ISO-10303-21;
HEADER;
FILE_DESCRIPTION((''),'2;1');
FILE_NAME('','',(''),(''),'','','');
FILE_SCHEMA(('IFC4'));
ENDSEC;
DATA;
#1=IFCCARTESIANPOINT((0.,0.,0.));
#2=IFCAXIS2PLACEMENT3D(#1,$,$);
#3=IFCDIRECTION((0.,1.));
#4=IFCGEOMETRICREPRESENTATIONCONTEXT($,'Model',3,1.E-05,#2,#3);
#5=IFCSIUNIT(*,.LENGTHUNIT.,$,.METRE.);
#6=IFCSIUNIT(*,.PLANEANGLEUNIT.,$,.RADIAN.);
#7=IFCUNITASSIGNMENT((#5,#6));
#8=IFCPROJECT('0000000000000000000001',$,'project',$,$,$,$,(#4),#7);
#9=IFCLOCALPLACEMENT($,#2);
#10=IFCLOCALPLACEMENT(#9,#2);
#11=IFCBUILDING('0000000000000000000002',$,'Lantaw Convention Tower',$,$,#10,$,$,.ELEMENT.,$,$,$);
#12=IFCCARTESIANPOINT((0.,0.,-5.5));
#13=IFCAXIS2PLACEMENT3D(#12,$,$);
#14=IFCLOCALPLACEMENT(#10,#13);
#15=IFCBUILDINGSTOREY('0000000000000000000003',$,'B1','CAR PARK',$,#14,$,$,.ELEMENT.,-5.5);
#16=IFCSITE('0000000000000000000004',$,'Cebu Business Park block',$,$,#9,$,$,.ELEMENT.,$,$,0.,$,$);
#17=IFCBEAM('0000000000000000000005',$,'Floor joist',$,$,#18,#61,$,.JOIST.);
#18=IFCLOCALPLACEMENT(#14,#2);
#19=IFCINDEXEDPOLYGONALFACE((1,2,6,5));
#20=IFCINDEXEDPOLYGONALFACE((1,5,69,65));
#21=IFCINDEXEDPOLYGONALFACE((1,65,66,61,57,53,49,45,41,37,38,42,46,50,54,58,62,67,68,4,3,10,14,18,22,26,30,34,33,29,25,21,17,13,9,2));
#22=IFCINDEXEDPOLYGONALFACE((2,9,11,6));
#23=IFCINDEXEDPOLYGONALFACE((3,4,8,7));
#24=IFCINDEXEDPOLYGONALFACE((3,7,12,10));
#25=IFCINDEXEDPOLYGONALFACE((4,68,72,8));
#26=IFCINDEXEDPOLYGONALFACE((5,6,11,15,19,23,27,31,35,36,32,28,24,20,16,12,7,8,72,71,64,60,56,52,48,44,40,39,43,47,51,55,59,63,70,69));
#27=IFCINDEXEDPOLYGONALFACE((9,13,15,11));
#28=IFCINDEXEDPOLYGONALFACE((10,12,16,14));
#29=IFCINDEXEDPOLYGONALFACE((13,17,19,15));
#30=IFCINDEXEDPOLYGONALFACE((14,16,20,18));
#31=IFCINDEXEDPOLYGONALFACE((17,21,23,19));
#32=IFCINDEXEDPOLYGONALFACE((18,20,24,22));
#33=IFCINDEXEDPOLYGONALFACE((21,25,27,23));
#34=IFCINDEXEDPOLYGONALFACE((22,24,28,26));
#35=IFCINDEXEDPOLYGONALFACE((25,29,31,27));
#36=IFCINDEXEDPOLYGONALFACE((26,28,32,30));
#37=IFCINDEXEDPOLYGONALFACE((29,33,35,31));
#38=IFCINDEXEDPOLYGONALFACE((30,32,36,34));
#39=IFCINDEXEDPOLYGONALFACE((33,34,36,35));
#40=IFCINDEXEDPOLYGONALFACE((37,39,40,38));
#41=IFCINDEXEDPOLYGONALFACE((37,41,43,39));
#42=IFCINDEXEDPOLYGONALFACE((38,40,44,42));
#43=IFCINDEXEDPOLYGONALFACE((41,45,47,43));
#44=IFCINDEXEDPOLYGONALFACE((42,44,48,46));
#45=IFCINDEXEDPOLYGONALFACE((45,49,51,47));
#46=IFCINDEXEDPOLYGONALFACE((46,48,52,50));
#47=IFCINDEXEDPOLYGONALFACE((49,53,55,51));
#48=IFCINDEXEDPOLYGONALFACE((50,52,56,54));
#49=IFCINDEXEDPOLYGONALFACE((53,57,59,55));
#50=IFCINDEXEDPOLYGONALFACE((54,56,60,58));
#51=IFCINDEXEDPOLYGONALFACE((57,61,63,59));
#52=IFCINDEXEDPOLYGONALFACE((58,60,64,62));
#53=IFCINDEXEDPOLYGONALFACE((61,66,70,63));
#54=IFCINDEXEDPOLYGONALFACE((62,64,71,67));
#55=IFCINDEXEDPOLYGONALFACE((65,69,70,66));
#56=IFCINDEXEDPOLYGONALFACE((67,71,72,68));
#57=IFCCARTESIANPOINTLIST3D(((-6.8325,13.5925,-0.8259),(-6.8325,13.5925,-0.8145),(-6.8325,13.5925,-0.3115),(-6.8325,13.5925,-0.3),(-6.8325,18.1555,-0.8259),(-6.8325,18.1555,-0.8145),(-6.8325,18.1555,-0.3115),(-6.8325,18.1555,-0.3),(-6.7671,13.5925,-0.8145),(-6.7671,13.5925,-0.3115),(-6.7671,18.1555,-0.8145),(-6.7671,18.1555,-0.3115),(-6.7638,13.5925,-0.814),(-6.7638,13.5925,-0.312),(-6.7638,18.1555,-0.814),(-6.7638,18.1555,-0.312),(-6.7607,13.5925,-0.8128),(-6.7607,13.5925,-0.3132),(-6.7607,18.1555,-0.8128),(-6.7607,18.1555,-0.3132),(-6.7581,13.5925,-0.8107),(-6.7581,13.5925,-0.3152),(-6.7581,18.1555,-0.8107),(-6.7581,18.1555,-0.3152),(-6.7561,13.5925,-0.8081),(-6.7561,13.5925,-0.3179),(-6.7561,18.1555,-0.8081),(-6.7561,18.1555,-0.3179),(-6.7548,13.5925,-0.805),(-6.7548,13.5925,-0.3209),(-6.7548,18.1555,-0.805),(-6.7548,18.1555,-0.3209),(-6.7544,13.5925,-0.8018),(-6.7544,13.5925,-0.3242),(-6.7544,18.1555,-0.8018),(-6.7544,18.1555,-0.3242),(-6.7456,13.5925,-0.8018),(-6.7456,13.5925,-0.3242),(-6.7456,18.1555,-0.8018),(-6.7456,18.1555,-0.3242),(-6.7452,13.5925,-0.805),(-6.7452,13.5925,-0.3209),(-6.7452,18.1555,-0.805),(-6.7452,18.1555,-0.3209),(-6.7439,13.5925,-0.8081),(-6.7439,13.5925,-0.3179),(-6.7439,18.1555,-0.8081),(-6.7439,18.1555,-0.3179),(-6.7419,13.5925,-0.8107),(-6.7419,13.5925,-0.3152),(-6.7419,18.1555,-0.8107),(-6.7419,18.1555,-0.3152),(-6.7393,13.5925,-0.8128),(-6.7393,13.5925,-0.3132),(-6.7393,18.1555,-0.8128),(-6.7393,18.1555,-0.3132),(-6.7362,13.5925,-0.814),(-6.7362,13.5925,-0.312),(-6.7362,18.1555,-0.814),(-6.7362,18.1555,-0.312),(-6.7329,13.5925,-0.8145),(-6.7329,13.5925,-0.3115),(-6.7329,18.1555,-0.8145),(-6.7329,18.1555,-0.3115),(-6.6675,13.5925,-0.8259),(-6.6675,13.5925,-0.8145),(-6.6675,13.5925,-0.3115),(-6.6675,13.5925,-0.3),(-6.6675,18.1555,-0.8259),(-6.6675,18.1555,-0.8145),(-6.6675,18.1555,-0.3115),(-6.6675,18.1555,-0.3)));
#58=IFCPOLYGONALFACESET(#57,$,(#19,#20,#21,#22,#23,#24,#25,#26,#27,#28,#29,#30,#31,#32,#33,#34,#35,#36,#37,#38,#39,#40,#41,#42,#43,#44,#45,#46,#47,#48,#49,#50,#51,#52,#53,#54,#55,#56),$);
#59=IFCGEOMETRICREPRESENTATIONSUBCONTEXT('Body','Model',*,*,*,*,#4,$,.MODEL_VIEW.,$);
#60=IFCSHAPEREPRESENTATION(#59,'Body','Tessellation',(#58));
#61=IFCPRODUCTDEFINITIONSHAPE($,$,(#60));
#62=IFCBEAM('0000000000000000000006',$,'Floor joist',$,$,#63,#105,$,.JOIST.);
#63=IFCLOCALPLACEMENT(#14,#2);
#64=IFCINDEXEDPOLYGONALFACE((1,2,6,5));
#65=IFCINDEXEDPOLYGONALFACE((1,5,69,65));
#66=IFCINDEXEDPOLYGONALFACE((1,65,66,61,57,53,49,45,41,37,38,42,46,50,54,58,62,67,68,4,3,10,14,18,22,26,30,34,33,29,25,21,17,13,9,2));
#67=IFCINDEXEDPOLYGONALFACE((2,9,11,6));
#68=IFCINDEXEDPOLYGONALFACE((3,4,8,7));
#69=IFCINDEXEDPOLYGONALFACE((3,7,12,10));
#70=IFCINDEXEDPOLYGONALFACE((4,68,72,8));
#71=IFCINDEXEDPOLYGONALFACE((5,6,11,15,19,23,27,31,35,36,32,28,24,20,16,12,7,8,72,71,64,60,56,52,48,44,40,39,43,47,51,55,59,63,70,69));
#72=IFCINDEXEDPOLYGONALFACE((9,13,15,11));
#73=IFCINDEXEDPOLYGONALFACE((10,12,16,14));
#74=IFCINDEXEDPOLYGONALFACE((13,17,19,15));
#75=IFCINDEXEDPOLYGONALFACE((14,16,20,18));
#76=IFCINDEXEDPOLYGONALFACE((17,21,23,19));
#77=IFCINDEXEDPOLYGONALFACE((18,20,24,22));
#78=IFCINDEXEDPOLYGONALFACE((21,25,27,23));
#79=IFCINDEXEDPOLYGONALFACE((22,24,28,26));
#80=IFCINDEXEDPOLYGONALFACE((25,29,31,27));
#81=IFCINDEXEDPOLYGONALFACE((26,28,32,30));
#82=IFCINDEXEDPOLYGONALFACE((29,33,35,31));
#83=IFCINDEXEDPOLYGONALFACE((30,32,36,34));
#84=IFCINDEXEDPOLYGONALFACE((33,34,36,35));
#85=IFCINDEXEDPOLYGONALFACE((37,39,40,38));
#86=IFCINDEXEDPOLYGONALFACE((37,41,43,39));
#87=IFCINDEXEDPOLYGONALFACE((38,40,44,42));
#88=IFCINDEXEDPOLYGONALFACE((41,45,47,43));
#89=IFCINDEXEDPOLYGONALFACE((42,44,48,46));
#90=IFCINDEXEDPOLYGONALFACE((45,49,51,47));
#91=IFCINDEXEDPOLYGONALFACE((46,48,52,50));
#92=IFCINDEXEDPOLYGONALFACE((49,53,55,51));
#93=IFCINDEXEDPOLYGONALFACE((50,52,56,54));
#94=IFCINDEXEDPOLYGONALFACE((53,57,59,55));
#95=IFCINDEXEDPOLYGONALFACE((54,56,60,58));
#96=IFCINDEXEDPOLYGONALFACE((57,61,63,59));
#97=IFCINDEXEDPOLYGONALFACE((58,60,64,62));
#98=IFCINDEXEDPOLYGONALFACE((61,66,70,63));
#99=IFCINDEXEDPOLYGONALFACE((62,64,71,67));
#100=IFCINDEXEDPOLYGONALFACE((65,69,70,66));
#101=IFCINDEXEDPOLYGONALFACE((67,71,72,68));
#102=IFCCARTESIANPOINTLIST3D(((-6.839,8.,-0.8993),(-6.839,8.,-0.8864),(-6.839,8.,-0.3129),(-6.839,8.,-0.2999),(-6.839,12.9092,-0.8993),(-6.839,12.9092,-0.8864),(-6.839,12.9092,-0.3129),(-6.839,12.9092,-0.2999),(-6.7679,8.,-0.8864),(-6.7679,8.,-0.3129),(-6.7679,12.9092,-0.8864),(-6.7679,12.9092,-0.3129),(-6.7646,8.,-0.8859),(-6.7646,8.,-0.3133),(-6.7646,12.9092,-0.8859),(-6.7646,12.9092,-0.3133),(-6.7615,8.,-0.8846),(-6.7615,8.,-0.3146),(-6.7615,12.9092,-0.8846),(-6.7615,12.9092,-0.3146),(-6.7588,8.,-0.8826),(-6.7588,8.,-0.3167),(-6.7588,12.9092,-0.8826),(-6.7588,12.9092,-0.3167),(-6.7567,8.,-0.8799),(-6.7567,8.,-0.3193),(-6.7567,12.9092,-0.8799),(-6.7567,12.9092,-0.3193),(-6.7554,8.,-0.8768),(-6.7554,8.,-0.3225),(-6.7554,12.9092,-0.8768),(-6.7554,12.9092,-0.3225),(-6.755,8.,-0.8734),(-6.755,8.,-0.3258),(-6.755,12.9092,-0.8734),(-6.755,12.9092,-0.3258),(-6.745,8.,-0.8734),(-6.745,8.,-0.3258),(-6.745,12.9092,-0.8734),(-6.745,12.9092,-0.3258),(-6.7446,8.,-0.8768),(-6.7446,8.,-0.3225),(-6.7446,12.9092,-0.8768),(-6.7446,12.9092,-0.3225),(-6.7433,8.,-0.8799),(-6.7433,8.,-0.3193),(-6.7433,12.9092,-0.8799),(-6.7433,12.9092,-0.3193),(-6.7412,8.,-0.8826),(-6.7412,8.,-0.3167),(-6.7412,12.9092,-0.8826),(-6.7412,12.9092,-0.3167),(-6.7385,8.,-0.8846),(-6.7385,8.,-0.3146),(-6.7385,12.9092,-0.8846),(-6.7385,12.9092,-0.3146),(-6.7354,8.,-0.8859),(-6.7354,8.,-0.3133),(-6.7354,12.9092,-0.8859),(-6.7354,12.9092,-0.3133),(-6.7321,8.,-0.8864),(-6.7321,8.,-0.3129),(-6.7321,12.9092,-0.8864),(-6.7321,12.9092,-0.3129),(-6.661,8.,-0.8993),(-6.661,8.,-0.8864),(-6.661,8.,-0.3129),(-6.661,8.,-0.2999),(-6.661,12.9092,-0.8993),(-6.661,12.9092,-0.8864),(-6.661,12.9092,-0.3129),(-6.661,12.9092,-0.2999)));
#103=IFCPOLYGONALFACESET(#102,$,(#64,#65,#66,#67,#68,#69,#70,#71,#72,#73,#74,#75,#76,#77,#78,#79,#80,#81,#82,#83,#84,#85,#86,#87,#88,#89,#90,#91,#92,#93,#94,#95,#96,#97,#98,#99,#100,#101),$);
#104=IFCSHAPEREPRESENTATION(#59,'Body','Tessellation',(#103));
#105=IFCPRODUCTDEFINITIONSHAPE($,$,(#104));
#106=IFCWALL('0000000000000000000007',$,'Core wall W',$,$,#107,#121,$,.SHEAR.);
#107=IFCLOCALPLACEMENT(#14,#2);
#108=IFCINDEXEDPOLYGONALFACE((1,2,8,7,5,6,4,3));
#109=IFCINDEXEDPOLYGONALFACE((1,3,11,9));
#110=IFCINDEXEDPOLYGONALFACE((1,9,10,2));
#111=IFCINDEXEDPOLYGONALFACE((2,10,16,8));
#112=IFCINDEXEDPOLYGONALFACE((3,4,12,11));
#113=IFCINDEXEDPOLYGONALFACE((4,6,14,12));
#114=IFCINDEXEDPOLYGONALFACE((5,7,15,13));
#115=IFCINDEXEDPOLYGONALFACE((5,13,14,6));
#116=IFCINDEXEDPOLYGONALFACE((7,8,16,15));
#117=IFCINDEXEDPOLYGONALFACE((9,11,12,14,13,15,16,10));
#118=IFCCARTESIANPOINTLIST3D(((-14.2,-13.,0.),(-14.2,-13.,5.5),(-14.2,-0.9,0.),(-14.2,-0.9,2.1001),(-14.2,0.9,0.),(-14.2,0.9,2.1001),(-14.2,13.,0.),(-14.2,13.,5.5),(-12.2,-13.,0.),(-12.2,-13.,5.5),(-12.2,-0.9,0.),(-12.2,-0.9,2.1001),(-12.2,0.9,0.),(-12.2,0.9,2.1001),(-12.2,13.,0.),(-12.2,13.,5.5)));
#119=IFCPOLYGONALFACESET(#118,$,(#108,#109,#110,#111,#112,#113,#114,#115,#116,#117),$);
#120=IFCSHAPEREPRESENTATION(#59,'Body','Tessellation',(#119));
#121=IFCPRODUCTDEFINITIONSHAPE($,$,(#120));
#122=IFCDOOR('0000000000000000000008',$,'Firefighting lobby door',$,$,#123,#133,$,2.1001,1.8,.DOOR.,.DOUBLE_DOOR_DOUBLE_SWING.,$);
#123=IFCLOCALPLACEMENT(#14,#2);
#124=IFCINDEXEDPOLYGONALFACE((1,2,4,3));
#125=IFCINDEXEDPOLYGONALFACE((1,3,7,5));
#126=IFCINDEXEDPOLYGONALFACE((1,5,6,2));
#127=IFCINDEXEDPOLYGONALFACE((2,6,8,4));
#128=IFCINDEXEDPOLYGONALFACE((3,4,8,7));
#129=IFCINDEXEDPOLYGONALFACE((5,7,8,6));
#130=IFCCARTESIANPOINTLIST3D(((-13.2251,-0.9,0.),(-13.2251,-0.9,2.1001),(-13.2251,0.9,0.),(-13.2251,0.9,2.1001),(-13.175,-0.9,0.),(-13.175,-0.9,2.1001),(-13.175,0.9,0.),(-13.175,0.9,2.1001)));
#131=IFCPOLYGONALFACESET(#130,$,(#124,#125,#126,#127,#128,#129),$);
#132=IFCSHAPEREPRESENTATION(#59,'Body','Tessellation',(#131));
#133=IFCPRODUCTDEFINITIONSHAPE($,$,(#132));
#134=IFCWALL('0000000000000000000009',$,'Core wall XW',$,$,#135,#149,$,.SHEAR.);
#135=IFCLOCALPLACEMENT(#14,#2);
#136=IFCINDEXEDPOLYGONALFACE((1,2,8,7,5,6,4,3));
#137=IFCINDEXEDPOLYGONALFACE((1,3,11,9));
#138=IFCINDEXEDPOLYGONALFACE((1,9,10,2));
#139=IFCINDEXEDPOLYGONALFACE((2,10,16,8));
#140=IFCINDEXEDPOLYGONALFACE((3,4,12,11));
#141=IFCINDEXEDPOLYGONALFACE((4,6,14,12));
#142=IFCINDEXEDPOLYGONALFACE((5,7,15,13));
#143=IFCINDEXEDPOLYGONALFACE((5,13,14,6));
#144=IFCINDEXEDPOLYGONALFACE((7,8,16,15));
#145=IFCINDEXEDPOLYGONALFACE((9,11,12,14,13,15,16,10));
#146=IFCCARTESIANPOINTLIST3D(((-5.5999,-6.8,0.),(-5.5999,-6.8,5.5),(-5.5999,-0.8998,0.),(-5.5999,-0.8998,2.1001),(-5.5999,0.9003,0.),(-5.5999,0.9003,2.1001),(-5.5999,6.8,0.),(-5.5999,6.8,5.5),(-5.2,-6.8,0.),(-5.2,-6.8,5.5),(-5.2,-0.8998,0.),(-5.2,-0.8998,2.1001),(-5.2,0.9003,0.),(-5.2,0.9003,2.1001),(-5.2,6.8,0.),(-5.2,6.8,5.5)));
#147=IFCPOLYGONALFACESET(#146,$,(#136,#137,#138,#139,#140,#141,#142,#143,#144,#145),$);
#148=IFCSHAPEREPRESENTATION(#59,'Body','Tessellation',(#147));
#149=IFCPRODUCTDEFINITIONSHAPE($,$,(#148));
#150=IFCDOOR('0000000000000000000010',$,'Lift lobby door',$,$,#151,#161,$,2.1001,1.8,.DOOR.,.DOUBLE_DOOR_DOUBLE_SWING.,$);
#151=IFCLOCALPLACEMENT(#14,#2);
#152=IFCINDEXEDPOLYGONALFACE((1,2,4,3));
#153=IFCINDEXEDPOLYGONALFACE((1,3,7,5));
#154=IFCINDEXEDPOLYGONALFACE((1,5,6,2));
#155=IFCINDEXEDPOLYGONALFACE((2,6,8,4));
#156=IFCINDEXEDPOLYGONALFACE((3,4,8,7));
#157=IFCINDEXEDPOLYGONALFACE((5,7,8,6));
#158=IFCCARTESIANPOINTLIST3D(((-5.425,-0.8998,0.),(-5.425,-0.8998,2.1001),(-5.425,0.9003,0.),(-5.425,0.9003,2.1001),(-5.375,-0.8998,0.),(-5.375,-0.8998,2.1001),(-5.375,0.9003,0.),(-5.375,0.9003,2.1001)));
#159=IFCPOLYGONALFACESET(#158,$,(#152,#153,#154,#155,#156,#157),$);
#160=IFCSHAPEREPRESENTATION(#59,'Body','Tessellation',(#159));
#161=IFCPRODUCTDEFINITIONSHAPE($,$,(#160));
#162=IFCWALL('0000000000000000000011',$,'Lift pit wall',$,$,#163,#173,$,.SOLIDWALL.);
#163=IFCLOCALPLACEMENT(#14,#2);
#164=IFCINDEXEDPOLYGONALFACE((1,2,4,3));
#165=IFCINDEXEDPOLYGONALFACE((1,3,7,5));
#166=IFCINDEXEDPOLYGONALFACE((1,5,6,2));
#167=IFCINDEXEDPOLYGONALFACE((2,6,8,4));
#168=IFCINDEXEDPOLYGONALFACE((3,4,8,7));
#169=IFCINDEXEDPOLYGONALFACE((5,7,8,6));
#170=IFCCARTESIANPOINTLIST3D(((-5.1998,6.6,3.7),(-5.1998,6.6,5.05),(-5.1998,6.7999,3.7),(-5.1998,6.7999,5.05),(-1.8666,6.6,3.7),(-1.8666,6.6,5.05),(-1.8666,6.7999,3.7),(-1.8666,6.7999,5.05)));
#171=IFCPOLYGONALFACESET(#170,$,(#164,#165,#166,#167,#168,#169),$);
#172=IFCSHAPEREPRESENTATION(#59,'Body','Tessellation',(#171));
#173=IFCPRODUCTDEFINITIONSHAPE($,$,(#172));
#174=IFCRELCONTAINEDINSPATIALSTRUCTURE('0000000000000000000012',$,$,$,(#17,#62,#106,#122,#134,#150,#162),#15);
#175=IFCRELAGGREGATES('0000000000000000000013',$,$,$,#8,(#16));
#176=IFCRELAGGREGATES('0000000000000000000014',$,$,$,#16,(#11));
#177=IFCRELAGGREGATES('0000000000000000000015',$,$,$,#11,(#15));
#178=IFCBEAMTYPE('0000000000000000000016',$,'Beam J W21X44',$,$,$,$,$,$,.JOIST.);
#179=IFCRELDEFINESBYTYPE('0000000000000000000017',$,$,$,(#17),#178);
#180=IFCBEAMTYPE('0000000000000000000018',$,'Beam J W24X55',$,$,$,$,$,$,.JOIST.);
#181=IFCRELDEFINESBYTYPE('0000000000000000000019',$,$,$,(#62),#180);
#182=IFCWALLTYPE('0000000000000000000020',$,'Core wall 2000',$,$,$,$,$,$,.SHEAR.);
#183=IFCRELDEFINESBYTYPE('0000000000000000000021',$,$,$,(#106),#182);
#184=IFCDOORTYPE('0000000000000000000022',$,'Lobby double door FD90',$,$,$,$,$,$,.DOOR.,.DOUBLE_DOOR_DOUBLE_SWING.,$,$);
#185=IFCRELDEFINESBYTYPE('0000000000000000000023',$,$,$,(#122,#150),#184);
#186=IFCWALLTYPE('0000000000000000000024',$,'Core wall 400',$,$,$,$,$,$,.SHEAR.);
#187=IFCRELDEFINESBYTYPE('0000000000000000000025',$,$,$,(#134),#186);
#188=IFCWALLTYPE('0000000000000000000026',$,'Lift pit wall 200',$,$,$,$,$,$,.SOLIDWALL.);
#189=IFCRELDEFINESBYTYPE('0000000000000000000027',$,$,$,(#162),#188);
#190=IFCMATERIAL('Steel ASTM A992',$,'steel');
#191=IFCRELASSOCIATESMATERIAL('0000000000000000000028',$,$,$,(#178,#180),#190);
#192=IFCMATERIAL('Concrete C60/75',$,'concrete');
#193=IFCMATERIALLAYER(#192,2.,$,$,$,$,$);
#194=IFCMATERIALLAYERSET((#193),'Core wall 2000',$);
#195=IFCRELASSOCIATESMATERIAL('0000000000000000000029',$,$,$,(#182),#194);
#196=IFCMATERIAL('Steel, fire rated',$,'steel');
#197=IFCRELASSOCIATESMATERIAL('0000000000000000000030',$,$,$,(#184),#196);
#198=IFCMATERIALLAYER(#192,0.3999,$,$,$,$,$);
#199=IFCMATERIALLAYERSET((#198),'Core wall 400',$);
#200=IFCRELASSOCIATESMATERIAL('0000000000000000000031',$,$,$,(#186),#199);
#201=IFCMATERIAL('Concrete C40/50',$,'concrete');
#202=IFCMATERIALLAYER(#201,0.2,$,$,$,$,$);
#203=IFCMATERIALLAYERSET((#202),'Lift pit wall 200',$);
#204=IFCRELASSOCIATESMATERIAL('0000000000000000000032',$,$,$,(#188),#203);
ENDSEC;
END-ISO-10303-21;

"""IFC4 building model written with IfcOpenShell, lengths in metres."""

from ifc_helpers import new_model, si_unit, direction, frame, frame_2d, origin, origin_2d, place, context, subcontext, project, spatial, rectangle, i_section, extrude, material, layer, layer_set, material_profile, profile_set, type_object, element, fill, save


model = new_model("IFC4")

# Units and contexts
model_context = context("Model", 3, precision=1e-05, world=origin(), true_north=direction((0.0, 1.0)))
body_context = subcontext(model_context, "Body", "Model", "MODEL_VIEW")
ifc_project = project(units=[si_unit("LENGTHUNIT", "METRE"), si_unit("PLANEANGLEUNIT", "RADIAN")], contexts=[model_context])

# Site, building, storey
site_placement = place(None, origin())
site = spatial("IfcSite", under=ifc_project, at=site_placement, Name="Cebu Business Park block", CompositionType="ELEMENT", RefElevation=0.0)
building_placement = place(site_placement, origin())
building = spatial("IfcBuilding", under=site, at=building_placement, Name="Lantaw Convention Tower", CompositionType="ELEMENT")
storey_placement = place(building_placement, frame((0.0, 0.0, -5.5)))
storey = spatial("IfcBuildingStorey", under=building, at=storey_placement, Name="B1", Description="CAR PARK", CompositionType="ELEMENT", Elevation=-5.5)

# Shared definitions
ifc_material_1 = material(Name="Concrete C60/75", Category="concrete")

# Beams
ifc_material_2 = material(Name="Steel ASTM A992", Category="steel")
ifc_material_profile_1 = material_profile(ifc_material_2, i_section(OverallWidth=0.165, OverallDepth=0.5259, WebThickness=0.0088, FlangeThickness=0.0115, FilletRadius=0.0127, at=origin_2d()), Name="W21X44")
ifc_profile_set_1 = profile_set([ifc_material_profile_1], Name="Steel ASTM A992")
beam_type_1 = type_object("IfcBeamType", Name="Beam J W21X44", PredefinedType="JOIST", material=ifc_profile_set_1)
beam_1_placement = place(storey_placement, frame((-6.75, 13.5925, -0.563), z_axis=(0.0, 1.0, 0.0), x_axis=(-1.0, 0.0, 0.0)))
element("IfcBeam", 1, at=beam_1_placement, inside=storey, type_object=beam_type_1, Name="Floor joist", PredefinedType="JOIST", context=body_context, shape_type="SweptSolid", body=[
    extrude(i_section(OverallWidth=0.165, OverallDepth=0.5259, WebThickness=0.0088, FlangeThickness=0.0115, FilletRadius=0.0127, at=origin_2d()), origin(), (0.0, 0.0, 1.0), 4.563),
])
ifc_material_profile_2 = material_profile(ifc_material_2, i_section(OverallWidth=0.178, OverallDepth=0.5994, WebThickness=0.01, FlangeThickness=0.0129, FilletRadius=0.0129, at=origin_2d()), Name="W24X55")
ifc_profile_set_2 = profile_set([ifc_material_profile_2], Name="Steel ASTM A992")
beam_type_2 = type_object("IfcBeamType", Name="Beam J W24X55", PredefinedType="JOIST", material=ifc_profile_set_2)
beam_2_placement = place(storey_placement, frame((-6.75, 8.0, -0.5996), z_axis=(0.0, 1.0, 0.0), x_axis=(-1.0, 0.0, 0.0)))
element("IfcBeam", 2, at=beam_2_placement, inside=storey, type_object=beam_type_2, Name="Floor joist", PredefinedType="JOIST", context=body_context, shape_type="SweptSolid", body=[
    extrude(i_section(OverallWidth=0.178, OverallDepth=0.5994, WebThickness=0.01, FlangeThickness=0.0129, FilletRadius=0.0129, at=origin_2d()), origin(), (0.0, 0.0, 1.0), 4.9092),
])

# Walls, openings, doors
ifc_layer_1 = layer(ifc_material_1, 2.0)
ifc_layer_set_1 = layer_set([ifc_layer_1], Name="Core wall 2000")
wall_type_1 = type_object("IfcWallType", Name="Core wall 2000", PredefinedType="SHEAR", material=ifc_layer_set_1)
wall_1_placement = place(storey_placement, frame((-13.2, 13.0, 0.0), z_axis=(0.0, 0.0, 1.0), x_axis=(0.0, -1.0, 0.0)))
wall_1 = element("IfcWall", 3, at=wall_1_placement, inside=storey, type_object=wall_type_1, Name="Core wall W", PredefinedType="SHEAR", context=body_context, shape_type="SweptSolid", body=[
    extrude(rectangle(XDim=26.0, YDim=2.0, at=frame_2d((13.0, 0.0))), origin(), (0.0, 0.0, 1.0), 5.5),
])
opening_1_placement = place(wall_1_placement, frame((12.1001, 0.0, 0.0)))
opening_1 = element("IfcOpeningElement", 4, at=opening_1_placement, cuts=wall_1, PredefinedType="OPENING", context=body_context, shape_type="SweptSolid", body=[
    extrude(rectangle(XDim=1.8, YDim=2.1001, at=frame_2d((0.8999, 1.05))), frame((0.0, 1.01, 0.0), z_axis=(0.0, -1.0, 0.0), x_axis=(1.0, 0.0, 0.0)), (0.0, 0.0, 1.0), 2.02),
])
ifc_material_3 = material(Name="Steel, fire rated", Category="steel")
door_type = type_object("IfcDoorType", Name="Lobby double door FD90", OperationType="DOUBLE_DOOR_DOUBLE_SWING", PredefinedType="DOOR", material=ifc_material_3)
door_1_placement = place(opening_1_placement, origin())
door_1 = element("IfcDoor", 5, at=door_1_placement, inside=storey, type_object=door_type, Name="Firefighting lobby door", OperationType="DOUBLE_DOOR_DOUBLE_SWING", OverallHeight=2.1001, OverallWidth=1.8, PredefinedType="DOOR", context=body_context, shape_type="SweptSolid", body=[
    extrude(rectangle(XDim=1.8, YDim=2.1001, at=frame_2d((0.8999, 1.05))), frame((0.0, 0.0249, 0.0), z_axis=(0.0, -1.0, 0.0), x_axis=(1.0, 0.0, 0.0)), (0.0, 0.0, 1.0), 0.05),
])
fill(opening_1, door_1)
ifc_layer_2 = layer(ifc_material_1, 0.3999)
ifc_layer_set_2 = layer_set([ifc_layer_2], Name="Core wall 400")
wall_type_2 = type_object("IfcWallType", Name="Core wall 400", PredefinedType="SHEAR", material=ifc_layer_set_2)
wall_2_placement = place(storey_placement, frame((-5.3999, 6.8, 0.0), z_axis=(0.0, 0.0, 1.0), x_axis=(0.0, -1.0, 0.0)))
wall_2 = element("IfcWall", 6, at=wall_2_placement, inside=storey, type_object=wall_type_2, Name="Core wall XW", PredefinedType="SHEAR", context=body_context, shape_type="SweptSolid", body=[
    extrude(rectangle(XDim=13.6001, YDim=0.3999, at=frame_2d((6.8, 0.0))), origin(), (0.0, 0.0, 1.0), 5.5),
])
opening_2_placement = place(wall_2_placement, frame((5.8999, 0.0, 0.0)))
opening_2 = element("IfcOpeningElement", 7, at=opening_2_placement, cuts=wall_2, PredefinedType="OPENING", context=body_context, shape_type="SweptSolid", body=[
    extrude(rectangle(XDim=1.8, YDim=2.1001, at=frame_2d((0.8999, 1.05))), frame((0.0, 0.21, 0.0), z_axis=(0.0, -1.0, 0.0), x_axis=(1.0, 0.0, 0.0)), (0.0, 0.0, 1.0), 0.4199),
])
door_2_placement = place(opening_2_placement, origin())
door_2 = element("IfcDoor", 8, at=door_2_placement, inside=storey, type_object=door_type, Name="Lift lobby door", OperationType="DOUBLE_DOOR_DOUBLE_SWING", OverallHeight=2.1001, OverallWidth=1.8, PredefinedType="DOOR", context=body_context, shape_type="SweptSolid", body=[
    extrude(rectangle(XDim=1.8, YDim=2.1001, at=frame_2d((0.8999, 1.05))), frame((0.0, 0.0249, 0.0), z_axis=(0.0, -1.0, 0.0), x_axis=(1.0, 0.0, 0.0)), (0.0, 0.0, 1.0), 0.05),
])
fill(opening_2, door_2)

# Wall
ifc_material_4 = material(Name="Concrete C40/50", Category="concrete")
ifc_layer_3 = layer(ifc_material_4, 0.2)
ifc_layer_set_3 = layer_set([ifc_layer_3], Name="Lift pit wall 200")
wall_type_3 = type_object("IfcWallType", Name="Lift pit wall 200", PredefinedType="SOLIDWALL", material=ifc_layer_set_3)
wall_3_placement = place(storey_placement, frame((-1.8667, 6.7, 3.7), z_axis=(0.0, 0.0, 1.0), x_axis=(-1.0, 0.0, 0.0)))
element("IfcWall", 9, at=wall_3_placement, inside=storey, type_object=wall_type_3, Name="Lift pit wall", PredefinedType="SOLIDWALL", context=body_context, shape_type="SweptSolid", body=[
    extrude(rectangle(XDim=3.3333, YDim=0.2, at=frame_2d((1.6665, 0.0))), origin(), (0.0, 0.0, 1.0), 1.3501),
])

save(model, "model.ifc")
